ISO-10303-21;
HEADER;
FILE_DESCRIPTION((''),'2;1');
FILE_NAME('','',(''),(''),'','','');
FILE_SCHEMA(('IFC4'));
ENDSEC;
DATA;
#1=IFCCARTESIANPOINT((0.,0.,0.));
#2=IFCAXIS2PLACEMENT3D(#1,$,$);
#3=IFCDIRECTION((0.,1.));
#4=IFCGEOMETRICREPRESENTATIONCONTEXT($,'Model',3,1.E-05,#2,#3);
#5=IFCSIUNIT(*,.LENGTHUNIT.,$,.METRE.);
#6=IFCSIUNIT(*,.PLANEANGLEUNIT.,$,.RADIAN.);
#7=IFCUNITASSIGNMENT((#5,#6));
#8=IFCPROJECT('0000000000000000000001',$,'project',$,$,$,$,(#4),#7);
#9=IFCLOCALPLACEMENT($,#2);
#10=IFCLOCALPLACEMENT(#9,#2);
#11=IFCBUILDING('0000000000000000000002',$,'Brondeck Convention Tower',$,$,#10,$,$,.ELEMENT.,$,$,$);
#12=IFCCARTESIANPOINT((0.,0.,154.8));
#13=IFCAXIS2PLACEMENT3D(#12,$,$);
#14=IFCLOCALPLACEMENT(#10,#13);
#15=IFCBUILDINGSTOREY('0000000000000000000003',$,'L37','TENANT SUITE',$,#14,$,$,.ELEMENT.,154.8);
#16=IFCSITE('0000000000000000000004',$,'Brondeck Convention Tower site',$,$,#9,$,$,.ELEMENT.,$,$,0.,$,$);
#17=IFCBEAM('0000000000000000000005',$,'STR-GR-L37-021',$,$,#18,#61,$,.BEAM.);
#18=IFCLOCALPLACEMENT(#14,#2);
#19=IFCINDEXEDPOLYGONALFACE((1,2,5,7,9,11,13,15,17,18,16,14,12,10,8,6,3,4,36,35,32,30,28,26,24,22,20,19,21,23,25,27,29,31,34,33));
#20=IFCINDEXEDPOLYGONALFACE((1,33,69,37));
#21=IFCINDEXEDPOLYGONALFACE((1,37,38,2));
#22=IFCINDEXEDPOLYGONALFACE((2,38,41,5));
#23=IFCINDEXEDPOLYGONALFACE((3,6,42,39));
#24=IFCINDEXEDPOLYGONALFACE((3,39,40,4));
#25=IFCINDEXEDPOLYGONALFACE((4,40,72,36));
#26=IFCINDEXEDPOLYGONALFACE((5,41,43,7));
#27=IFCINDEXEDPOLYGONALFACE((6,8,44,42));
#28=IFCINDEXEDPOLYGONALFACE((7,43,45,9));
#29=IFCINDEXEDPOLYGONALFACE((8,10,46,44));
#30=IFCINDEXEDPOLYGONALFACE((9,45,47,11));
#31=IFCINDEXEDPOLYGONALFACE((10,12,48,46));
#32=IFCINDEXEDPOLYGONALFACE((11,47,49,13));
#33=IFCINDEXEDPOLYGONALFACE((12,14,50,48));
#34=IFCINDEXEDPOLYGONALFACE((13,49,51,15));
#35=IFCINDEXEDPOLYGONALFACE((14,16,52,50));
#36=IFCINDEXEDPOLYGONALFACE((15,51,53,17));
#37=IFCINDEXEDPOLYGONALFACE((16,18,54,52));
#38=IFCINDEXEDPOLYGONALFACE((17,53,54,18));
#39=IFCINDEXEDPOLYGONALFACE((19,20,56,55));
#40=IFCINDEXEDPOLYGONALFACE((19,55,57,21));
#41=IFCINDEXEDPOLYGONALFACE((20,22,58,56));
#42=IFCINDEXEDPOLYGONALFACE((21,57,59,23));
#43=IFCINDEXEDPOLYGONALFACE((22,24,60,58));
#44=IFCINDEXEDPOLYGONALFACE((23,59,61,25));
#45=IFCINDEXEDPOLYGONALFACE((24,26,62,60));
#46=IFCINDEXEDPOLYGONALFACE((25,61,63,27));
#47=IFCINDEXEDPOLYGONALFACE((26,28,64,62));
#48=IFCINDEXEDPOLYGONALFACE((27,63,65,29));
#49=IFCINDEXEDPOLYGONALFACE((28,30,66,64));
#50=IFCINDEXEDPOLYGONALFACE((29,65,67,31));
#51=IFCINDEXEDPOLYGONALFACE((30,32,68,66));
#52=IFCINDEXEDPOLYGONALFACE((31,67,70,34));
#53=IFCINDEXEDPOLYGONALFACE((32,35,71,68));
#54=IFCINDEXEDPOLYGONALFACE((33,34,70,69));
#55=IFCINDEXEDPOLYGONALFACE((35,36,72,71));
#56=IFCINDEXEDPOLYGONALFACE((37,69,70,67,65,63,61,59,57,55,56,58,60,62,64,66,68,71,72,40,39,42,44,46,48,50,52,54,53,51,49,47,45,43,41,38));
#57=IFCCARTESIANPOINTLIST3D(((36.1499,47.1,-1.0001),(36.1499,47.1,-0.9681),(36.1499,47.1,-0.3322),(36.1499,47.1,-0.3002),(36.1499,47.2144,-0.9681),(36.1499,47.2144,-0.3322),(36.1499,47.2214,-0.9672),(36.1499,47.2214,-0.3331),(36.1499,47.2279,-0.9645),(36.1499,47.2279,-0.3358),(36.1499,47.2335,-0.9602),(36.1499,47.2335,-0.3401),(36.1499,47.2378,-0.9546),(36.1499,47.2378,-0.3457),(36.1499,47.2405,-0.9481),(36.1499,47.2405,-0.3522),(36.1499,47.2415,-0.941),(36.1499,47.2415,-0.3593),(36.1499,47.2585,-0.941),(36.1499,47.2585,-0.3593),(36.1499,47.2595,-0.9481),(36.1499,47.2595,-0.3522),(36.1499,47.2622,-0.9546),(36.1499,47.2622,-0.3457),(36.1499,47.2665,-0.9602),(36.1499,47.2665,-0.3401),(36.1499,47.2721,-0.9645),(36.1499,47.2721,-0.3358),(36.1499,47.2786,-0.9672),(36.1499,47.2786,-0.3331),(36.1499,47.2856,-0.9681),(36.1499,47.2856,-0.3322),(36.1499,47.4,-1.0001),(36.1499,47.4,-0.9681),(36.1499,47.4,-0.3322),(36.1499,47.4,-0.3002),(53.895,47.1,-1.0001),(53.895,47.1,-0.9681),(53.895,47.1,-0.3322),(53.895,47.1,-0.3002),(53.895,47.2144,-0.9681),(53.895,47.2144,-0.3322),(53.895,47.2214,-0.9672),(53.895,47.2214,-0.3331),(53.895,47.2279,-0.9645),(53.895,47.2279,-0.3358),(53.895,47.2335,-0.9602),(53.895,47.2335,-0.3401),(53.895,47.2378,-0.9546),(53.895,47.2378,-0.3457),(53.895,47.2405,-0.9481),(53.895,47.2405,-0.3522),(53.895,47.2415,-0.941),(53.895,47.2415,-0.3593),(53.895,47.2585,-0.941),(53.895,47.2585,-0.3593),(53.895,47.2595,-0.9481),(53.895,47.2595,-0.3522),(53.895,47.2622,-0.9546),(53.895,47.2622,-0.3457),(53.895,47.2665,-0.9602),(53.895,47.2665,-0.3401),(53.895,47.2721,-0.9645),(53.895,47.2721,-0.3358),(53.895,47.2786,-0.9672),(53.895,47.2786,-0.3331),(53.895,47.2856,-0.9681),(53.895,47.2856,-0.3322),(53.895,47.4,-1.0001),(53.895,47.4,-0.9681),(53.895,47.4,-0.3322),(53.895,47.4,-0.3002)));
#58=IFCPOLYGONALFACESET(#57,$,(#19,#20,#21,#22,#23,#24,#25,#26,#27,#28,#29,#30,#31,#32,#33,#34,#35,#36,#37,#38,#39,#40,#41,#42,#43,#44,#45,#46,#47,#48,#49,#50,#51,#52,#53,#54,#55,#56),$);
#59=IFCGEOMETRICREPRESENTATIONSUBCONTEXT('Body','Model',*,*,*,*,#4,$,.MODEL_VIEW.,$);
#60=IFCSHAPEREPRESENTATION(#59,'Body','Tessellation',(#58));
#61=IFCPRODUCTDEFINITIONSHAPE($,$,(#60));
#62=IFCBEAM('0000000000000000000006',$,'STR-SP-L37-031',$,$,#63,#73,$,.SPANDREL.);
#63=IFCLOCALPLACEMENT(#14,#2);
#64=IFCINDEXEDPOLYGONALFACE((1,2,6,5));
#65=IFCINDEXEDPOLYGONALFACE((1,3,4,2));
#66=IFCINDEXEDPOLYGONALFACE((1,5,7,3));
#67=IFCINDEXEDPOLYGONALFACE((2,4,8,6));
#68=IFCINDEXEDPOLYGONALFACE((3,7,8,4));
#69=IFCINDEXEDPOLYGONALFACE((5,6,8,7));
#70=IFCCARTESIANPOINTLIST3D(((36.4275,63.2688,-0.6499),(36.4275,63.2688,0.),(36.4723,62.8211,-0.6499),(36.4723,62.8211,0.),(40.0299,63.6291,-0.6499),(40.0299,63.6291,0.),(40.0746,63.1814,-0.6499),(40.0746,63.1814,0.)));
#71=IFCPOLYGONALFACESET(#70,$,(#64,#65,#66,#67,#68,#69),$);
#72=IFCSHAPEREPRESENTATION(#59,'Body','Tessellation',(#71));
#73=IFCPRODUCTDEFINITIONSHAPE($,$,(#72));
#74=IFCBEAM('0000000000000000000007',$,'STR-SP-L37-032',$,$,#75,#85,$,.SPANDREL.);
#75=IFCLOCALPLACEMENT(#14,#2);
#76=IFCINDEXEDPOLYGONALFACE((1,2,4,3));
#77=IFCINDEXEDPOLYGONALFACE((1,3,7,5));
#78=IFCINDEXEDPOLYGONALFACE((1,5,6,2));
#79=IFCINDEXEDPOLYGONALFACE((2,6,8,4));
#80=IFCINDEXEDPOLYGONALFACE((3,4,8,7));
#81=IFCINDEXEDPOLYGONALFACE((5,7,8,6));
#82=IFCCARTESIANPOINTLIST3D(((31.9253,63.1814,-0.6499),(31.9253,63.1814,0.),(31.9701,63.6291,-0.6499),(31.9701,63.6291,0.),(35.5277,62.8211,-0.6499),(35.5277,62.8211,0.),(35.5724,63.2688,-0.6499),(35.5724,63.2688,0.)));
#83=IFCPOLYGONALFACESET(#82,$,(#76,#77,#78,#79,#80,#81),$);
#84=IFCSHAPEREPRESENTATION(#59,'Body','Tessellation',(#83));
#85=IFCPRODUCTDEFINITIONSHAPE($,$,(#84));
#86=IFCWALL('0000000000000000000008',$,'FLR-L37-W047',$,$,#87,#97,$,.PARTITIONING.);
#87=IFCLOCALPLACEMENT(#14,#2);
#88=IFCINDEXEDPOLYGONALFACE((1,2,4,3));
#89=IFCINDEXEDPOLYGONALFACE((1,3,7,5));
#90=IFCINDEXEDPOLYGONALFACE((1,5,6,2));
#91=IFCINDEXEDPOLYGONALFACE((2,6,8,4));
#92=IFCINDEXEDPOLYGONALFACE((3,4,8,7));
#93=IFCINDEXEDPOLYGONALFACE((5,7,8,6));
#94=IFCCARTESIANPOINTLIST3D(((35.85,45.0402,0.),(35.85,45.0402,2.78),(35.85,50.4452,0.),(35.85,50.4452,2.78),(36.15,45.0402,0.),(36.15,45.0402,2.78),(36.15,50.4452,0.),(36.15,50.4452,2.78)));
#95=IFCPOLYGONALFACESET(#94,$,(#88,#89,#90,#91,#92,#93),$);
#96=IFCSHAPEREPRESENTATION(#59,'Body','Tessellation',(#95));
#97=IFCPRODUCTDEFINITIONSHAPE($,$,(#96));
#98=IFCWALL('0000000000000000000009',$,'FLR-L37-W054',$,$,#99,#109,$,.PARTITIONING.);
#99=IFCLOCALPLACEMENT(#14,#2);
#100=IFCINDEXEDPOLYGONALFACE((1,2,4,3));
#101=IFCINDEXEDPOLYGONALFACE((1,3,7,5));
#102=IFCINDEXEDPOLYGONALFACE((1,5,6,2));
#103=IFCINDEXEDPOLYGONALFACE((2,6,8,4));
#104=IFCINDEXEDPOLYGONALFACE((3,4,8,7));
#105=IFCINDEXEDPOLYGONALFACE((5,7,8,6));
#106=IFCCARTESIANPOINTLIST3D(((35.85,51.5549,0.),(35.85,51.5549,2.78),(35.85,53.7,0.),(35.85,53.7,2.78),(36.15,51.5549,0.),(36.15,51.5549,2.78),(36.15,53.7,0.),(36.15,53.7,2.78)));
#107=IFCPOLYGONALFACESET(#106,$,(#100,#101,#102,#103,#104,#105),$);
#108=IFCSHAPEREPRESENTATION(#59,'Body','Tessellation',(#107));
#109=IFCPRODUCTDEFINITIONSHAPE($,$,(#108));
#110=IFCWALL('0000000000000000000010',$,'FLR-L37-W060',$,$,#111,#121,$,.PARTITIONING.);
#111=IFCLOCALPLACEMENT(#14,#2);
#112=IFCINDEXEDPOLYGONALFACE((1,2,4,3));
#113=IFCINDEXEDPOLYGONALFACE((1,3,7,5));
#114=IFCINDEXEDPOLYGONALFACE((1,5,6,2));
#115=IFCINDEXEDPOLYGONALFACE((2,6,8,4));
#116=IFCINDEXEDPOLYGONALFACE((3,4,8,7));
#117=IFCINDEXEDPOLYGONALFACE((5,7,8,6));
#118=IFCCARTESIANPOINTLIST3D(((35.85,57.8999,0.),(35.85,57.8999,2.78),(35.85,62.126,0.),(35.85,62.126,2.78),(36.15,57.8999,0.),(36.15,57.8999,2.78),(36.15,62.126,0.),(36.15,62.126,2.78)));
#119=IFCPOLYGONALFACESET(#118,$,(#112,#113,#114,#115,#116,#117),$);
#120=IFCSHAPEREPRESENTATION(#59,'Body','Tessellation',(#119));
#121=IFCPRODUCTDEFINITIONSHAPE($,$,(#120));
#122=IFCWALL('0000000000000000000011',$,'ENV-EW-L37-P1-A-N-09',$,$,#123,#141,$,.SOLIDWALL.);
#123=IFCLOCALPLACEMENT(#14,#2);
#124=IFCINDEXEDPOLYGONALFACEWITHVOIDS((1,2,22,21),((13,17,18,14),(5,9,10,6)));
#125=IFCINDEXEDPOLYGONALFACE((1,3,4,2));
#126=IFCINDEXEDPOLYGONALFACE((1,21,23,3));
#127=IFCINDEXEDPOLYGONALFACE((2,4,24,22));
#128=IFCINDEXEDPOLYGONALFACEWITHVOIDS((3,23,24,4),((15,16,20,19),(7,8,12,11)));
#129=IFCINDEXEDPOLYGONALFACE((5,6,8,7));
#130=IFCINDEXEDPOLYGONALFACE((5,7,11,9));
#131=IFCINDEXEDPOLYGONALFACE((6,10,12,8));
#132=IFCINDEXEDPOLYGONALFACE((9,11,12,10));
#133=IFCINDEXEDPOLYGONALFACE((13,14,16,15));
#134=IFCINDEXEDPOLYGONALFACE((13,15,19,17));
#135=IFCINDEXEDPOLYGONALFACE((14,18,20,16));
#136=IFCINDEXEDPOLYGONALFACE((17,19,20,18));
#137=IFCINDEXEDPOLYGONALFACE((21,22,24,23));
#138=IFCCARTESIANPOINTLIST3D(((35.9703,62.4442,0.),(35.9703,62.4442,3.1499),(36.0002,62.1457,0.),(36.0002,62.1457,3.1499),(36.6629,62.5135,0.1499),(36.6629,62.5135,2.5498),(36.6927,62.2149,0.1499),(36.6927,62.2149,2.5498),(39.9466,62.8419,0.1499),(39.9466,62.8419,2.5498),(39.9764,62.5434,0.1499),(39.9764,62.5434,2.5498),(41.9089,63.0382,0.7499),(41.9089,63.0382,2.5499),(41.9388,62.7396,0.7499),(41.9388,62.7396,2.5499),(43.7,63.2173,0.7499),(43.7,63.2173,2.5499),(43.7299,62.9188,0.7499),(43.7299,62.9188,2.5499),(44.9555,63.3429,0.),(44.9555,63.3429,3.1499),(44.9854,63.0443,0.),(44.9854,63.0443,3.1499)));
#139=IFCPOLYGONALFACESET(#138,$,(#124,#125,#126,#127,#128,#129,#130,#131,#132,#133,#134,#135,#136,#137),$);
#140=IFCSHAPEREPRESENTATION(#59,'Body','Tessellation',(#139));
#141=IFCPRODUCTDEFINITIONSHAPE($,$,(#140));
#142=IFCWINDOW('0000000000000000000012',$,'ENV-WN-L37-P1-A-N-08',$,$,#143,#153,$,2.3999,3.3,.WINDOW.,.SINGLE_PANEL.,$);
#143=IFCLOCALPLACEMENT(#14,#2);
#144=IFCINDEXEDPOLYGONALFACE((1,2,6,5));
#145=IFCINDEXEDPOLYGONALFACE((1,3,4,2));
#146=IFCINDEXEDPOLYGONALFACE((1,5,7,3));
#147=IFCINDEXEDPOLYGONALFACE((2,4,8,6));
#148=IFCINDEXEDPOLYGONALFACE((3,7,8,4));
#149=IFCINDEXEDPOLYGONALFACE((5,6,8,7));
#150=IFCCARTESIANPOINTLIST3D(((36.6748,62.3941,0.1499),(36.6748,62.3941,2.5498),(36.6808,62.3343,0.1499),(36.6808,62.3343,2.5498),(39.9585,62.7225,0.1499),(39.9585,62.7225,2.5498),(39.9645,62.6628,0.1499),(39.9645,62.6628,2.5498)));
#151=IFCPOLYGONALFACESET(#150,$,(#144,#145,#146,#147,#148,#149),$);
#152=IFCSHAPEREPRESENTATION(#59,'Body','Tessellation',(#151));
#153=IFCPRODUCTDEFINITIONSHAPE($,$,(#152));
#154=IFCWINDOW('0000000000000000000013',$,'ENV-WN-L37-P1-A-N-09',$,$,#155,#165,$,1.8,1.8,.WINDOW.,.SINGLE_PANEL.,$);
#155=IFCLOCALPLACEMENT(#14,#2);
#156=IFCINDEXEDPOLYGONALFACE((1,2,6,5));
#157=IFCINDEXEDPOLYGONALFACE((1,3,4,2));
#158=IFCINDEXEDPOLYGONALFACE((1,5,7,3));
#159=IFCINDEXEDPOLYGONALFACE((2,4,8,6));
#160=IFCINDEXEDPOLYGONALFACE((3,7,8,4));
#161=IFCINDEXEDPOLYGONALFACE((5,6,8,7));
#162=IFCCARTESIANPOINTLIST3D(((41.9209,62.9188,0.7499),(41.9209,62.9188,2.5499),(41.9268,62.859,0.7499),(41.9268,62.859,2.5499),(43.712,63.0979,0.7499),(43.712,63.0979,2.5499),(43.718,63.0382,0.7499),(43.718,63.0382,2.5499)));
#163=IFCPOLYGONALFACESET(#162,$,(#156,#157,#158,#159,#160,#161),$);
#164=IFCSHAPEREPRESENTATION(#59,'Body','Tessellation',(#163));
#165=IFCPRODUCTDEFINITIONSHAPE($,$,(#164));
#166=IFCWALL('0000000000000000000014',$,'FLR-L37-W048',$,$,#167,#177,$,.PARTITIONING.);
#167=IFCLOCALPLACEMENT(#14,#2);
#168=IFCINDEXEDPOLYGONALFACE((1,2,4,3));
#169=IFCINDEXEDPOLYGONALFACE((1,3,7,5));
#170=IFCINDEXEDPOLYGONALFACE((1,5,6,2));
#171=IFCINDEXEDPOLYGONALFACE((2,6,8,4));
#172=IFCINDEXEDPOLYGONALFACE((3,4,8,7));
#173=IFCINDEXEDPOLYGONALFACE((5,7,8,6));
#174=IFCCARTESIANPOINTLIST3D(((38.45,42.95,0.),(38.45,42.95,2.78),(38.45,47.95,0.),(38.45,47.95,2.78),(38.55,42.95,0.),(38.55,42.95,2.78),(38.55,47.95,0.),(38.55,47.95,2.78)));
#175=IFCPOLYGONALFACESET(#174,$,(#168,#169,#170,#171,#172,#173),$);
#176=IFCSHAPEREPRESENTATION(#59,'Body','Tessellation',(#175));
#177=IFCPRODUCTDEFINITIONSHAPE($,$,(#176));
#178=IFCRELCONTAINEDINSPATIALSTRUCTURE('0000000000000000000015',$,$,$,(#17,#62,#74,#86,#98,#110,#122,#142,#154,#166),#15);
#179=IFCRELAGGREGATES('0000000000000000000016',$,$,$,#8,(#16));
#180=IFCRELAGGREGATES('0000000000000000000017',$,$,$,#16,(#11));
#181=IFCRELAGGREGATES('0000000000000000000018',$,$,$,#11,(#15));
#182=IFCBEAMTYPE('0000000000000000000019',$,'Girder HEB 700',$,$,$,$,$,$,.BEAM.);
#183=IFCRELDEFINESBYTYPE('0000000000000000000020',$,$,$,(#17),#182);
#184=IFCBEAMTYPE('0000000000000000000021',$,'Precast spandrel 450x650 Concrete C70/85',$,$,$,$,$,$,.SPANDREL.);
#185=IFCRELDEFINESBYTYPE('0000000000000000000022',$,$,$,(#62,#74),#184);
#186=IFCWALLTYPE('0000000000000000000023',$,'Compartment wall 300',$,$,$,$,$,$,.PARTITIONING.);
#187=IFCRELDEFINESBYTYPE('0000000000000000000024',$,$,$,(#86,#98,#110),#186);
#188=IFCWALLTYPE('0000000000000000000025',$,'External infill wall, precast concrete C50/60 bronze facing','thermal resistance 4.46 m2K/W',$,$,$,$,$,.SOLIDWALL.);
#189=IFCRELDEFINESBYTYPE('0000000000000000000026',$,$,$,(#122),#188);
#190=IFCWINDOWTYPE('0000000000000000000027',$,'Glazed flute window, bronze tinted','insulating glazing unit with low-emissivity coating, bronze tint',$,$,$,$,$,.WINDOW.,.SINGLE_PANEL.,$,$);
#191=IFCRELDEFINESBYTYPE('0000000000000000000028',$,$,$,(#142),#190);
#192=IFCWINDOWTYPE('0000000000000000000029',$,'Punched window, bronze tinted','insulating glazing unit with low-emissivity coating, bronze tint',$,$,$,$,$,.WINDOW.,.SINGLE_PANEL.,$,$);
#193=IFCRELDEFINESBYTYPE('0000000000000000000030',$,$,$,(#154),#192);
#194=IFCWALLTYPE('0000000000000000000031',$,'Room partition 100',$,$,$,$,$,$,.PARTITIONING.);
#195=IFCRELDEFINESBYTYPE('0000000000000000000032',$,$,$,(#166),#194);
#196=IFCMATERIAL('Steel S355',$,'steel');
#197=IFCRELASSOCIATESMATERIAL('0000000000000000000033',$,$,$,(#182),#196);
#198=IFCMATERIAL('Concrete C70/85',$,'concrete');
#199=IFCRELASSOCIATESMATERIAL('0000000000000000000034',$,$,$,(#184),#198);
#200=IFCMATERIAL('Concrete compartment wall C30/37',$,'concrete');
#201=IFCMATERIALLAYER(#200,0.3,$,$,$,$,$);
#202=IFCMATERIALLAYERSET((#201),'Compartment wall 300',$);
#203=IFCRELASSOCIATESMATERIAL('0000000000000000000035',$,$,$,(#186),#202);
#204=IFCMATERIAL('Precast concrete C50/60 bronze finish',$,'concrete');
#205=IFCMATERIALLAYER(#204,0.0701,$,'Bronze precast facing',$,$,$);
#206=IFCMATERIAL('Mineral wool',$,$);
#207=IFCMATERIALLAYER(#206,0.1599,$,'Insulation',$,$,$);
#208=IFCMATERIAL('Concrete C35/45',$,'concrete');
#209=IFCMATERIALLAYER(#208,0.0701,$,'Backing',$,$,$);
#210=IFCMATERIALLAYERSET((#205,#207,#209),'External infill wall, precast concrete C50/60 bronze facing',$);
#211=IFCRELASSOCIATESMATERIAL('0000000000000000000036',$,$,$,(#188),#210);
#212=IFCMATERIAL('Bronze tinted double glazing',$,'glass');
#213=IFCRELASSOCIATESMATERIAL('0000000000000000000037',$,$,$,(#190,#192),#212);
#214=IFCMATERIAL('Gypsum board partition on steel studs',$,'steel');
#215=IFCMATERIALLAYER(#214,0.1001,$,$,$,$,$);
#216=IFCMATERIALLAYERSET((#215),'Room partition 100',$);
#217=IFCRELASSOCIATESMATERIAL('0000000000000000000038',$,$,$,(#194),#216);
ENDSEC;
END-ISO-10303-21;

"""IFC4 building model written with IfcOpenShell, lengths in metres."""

from ifc_helpers import new_model, si_unit, direction, frame, frame_2d, origin, origin_2d, place, context, subcontext, project, spatial, rectangle, i_section, extrude, material, layer, layer_set, material_profile, profile_set, type_object, element, fill, save


model = new_model("IFC4")

# Units and contexts
model_context = context("Model", 3, precision=1e-05, world=origin(), true_north=direction((0.0, 1.0)))
body_context = subcontext(model_context, "Body", "Model", "MODEL_VIEW")
ifc_project = project(units=[si_unit("LENGTHUNIT", "METRE"), si_unit("PLANEANGLEUNIT", "RADIAN")], contexts=[model_context])

# Site, building, storey
site_placement = place(None, origin())
site = spatial("IfcSite", under=ifc_project, at=site_placement, Name="Brondeck Convention Tower site", CompositionType="ELEMENT", RefElevation=0.0)
building_placement = place(site_placement, origin())
building = spatial("IfcBuilding", under=site, at=building_placement, Name="Brondeck Convention Tower", CompositionType="ELEMENT")
storey_placement = place(building_placement, frame((0.0, 0.0, 154.8)))
storey = spatial("IfcBuildingStorey", under=building, at=storey_placement, Name="L37", Description="TENANT SUITE", CompositionType="ELEMENT", Elevation=154.8)

# Shared definitions
ifc_material_1 = material(Name="Concrete C70/85", Category="concrete")

# Beams
ifc_material_2 = material(Name="Steel S355", Category="steel")
ifc_material_profile_1 = material_profile(ifc_material_2, i_section(OverallWidth=0.3, OverallDepth=0.7, WebThickness=0.0171, FlangeThickness=0.032, FilletRadius=0.0271, at=origin_2d()), Name="HEB 700")
ifc_profile_set_1 = profile_set([ifc_material_profile_1], Name="Steel S355")
beam_type_1 = type_object("IfcBeamType", Name="Girder HEB 700", PredefinedType="BEAM", material=ifc_profile_set_1)
beam_1_placement = place(storey_placement, frame((36.1499, 47.25, -0.6501), z_axis=(1.0, 0.0, 0.0), x_axis=(0.0, 1.0, 0.0)))
element("IfcBeam", 1, at=beam_1_placement, inside=storey, type_object=beam_type_1, Name="STR-GR-L37-021", PredefinedType="BEAM", context=body_context, shape_type="SweptSolid", body=[
    extrude(i_section(OverallWidth=0.3, OverallDepth=0.7, WebThickness=0.0171, FlangeThickness=0.032, FilletRadius=0.0271, at=origin_2d()), origin(), (0.0, 0.0, 1.0), 17.7451),
])
ifc_material_profile_2 = material_profile(ifc_material_1, rectangle(XDim=0.45, YDim=0.6499, at=origin_2d()), Name="Precast spandrel 450x650 Concrete C70/85")
ifc_profile_set_2 = profile_set([ifc_material_profile_2], Name="Concrete C70/85")
beam_type_2 = type_object("IfcBeamType", Name="Precast spandrel 450x650 Concrete C70/85", PredefinedType="SPANDREL", material=ifc_profile_set_2)
for number, where, z_axis, x_axis, name in (
    (2, (40.0522, 63.4053, -0.325), (-0.995034, -0.099537, 0.0), (0.099537, -0.995034, 0.0), "STR-SP-L37-031"),
    (3, (35.55, 63.0449, -0.325), (-0.995034, 0.099537, 0.0), (-0.099537, -0.995034, 0.0), "STR-SP-L37-032"),
):
    element("IfcBeam", number, at=place(storey_placement, frame(where, z_axis=z_axis, x_axis=x_axis)), inside=storey, type_object=beam_type_2, Name=name, PredefinedType="SPANDREL", context=body_context, shape_type="SweptSolid", body=[
        extrude(rectangle(XDim=0.45, YDim=0.6499, at=origin_2d()), origin(), (0.0, 0.0, 1.0), 3.6204),
    ])

# Walls
ifc_material_3 = material(Name="Concrete compartment wall C30/37", Category="concrete")
ifc_layer_1 = layer(ifc_material_3, 0.3)
ifc_layer_set_1 = layer_set([ifc_layer_1], Name="Compartment wall 300")
wall_type_1 = type_object("IfcWallType", Name="Compartment wall 300", PredefinedType="PARTITIONING", material=ifc_layer_set_1)
wall_1_placement = place(storey_placement, frame((36.0, 45.04, 0.0), z_axis=(0.0, 0.0, 1.0), x_axis=(0.0, 1.0, 0.0)))
element("IfcWall", 4, at=wall_1_placement, inside=storey, type_object=wall_type_1, Name="FLR-L37-W047", PredefinedType="PARTITIONING", context=body_context, shape_type="SweptSolid", body=[
    extrude(rectangle(XDim=5.405, YDim=0.3, at=frame_2d((2.7026, 0.0))), origin(), (0.0, 0.0, 1.0), 2.78),
])
wall_2_placement = place(storey_placement, frame((36.0, 51.5549, 0.0), z_axis=(0.0, 0.0, 1.0), x_axis=(0.0, 1.0, 0.0)))
element("IfcWall", 5, at=wall_2_placement, inside=storey, type_object=wall_type_1, Name="FLR-L37-W054", PredefinedType="PARTITIONING", context=body_context, shape_type="SweptSolid", body=[
    extrude(rectangle(XDim=2.145, YDim=0.3, at=frame_2d((1.0725, 0.0))), origin(), (0.0, 0.0, 1.0), 2.78),
])
wall_3_placement = place(storey_placement, frame((36.0, 57.8999, 0.0), z_axis=(0.0, 0.0, 1.0), x_axis=(0.0, 1.0, 0.0)))
element("IfcWall", 6, at=wall_3_placement, inside=storey, type_object=wall_type_1, Name="FLR-L37-W060", PredefinedType="PARTITIONING", context=body_context, shape_type="SweptSolid", body=[
    extrude(rectangle(XDim=4.2261, YDim=0.3, at=frame_2d((2.113, 0.0))), origin(), (0.0, 0.0, 1.0), 2.78),
])

# Wall, openings, windows
ifc_material_4 = material(Name="Precast concrete C50/60 bronze finish", Category="concrete")
ifc_layer_2 = layer(ifc_material_4, 0.0701, Name="Bronze precast facing")
ifc_material_5 = material(Name="Mineral wool")
ifc_layer_3 = layer(ifc_material_5, 0.1599, Name="Insulation")
ifc_material_6 = material(Name="Concrete C35/45", Category="concrete")
ifc_layer_4 = layer(ifc_material_6, 0.0701, Name="Backing")
ifc_layer_set_2 = layer_set([ifc_layer_2, ifc_layer_3, ifc_layer_4], Name="External infill wall, precast concrete C50/60 bronze facing")
wall_type_2 = type_object("IfcWallType", Name="External infill wall, precast concrete C50/60 bronze facing", Description="thermal resistance 4.46 m2K/W", PredefinedType="SOLIDWALL", material=ifc_layer_set_2)
wall_4_placement = place(storey_placement, frame((35.9851, 62.2949, 0.0), z_axis=(0.0, 0.0, 1.0), x_axis=(0.995035, 0.099522, 0.0)))
wall_4 = element("IfcWall", 7, at=wall_4_placement, inside=storey, type_object=wall_type_2, Name="ENV-EW-L37-P1-A-N-09", PredefinedType="SOLIDWALL", context=body_context, shape_type="SweptSolid", body=[
    extrude(rectangle(XDim=9.03, YDim=0.3, at=frame_2d((4.5151, 0.0))), origin(), (0.0, 0.0, 1.0), 3.1499),
])
opening_1_placement = place(wall_4_placement, frame((0.6963, 0.0, 0.1499)))
opening_1 = element("IfcOpeningElement", 8, at=opening_1_placement, cuts=wall_4, PredefinedType="OPENING", context=body_context, shape_type="SweptSolid", body=[
    extrude(rectangle(XDim=3.3, YDim=2.3999, at=frame_2d((1.6499, 1.2))), frame((0.0, 0.1599, 0.0), z_axis=(0.0, -1.0, 0.0), x_axis=(1.0, 0.0, 0.0)), (0.0, 0.0, 1.0), 0.3201),
])
opening_2_placement = place(wall_4_placement, frame((5.9685, 0.0, 0.75)))
opening_2 = element("IfcOpeningElement", 9, at=opening_2_placement, cuts=wall_4, PredefinedType="OPENING", context=body_context, shape_type="SweptSolid", body=[
    extrude(rectangle(XDim=1.8, YDim=1.8, at=frame_2d((0.8999, 0.8999))), frame((0.0, 0.1599, 0.0), z_axis=(0.0, -1.0, 0.0), x_axis=(1.0, 0.0, 0.0)), (0.0, 0.0, 1.0), 0.3201),
])
ifc_material_7 = material(Name="Bronze tinted double glazing", Category="glass")
window_type_1 = type_object("IfcWindowType", Name="Glazed flute window, bronze tinted", Description="insulating glazing unit with low-emissivity coating, bronze tint", PartitioningType="SINGLE_PANEL", PredefinedType="WINDOW", material=ifc_material_7)
window_1_placement = place(opening_1_placement, origin())
window_1 = element("IfcWindow", 10, at=window_1_placement, inside=storey, type_object=window_type_1, Name="ENV-WN-L37-P1-A-N-08", OverallHeight=2.3999, OverallWidth=3.3, PartitioningType="SINGLE_PANEL", PredefinedType="WINDOW", context=body_context, shape_type="SweptSolid", body=[
    extrude(rectangle(XDim=3.3, YDim=2.3999, at=frame_2d((1.6499, 1.2))), frame((0.0, 0.03, 0.0), z_axis=(0.0, -1.0, 0.0), x_axis=(1.0, 0.0, 0.0)), (0.0, 0.0, 1.0), 0.0601),
])
fill(opening_1, window_1)
window_type_2 = type_object("IfcWindowType", Name="Punched window, bronze tinted", Description="insulating glazing unit with low-emissivity coating, bronze tint", PartitioningType="SINGLE_PANEL", PredefinedType="WINDOW", material=ifc_material_7)
window_2_placement = place(opening_2_placement, origin())
window_2 = element("IfcWindow", 11, at=window_2_placement, inside=storey, type_object=window_type_2, Name="ENV-WN-L37-P1-A-N-09", OverallHeight=1.8, OverallWidth=1.8, PartitioningType="SINGLE_PANEL", PredefinedType="WINDOW", context=body_context, shape_type="SweptSolid", body=[
    extrude(rectangle(XDim=1.8, YDim=1.8, at=frame_2d((0.8999, 0.8999))), frame((0.0, 0.03, 0.0), z_axis=(0.0, -1.0, 0.0), x_axis=(1.0, 0.0, 0.0)), (0.0, 0.0, 1.0), 0.0601),
])
fill(opening_2, window_2)

# Wall
ifc_material_8 = material(Name="Gypsum board partition on steel studs", Category="steel")
ifc_layer_5 = layer(ifc_material_8, 0.1001)
ifc_layer_set_3 = layer_set([ifc_layer_5], Name="Room partition 100")
wall_type_3 = type_object("IfcWallType", Name="Room partition 100", PredefinedType="PARTITIONING", material=ifc_layer_set_3)
wall_5_placement = place(storey_placement, frame((38.5, 47.95, 0.0), z_axis=(0.0, 0.0, 1.0), x_axis=(0.0, -1.0, 0.0)))
element("IfcWall", 12, at=wall_5_placement, inside=storey, type_object=wall_type_3, Name="FLR-L37-W048", PredefinedType="PARTITIONING", context=body_context, shape_type="SweptSolid", body=[
    extrude(rectangle(XDim=5.0, YDim=0.1001, at=frame_2d((2.5, 0.0))), origin(), (0.0, 0.0, 1.0), 2.78),
])

save(model, "model.ifc")
